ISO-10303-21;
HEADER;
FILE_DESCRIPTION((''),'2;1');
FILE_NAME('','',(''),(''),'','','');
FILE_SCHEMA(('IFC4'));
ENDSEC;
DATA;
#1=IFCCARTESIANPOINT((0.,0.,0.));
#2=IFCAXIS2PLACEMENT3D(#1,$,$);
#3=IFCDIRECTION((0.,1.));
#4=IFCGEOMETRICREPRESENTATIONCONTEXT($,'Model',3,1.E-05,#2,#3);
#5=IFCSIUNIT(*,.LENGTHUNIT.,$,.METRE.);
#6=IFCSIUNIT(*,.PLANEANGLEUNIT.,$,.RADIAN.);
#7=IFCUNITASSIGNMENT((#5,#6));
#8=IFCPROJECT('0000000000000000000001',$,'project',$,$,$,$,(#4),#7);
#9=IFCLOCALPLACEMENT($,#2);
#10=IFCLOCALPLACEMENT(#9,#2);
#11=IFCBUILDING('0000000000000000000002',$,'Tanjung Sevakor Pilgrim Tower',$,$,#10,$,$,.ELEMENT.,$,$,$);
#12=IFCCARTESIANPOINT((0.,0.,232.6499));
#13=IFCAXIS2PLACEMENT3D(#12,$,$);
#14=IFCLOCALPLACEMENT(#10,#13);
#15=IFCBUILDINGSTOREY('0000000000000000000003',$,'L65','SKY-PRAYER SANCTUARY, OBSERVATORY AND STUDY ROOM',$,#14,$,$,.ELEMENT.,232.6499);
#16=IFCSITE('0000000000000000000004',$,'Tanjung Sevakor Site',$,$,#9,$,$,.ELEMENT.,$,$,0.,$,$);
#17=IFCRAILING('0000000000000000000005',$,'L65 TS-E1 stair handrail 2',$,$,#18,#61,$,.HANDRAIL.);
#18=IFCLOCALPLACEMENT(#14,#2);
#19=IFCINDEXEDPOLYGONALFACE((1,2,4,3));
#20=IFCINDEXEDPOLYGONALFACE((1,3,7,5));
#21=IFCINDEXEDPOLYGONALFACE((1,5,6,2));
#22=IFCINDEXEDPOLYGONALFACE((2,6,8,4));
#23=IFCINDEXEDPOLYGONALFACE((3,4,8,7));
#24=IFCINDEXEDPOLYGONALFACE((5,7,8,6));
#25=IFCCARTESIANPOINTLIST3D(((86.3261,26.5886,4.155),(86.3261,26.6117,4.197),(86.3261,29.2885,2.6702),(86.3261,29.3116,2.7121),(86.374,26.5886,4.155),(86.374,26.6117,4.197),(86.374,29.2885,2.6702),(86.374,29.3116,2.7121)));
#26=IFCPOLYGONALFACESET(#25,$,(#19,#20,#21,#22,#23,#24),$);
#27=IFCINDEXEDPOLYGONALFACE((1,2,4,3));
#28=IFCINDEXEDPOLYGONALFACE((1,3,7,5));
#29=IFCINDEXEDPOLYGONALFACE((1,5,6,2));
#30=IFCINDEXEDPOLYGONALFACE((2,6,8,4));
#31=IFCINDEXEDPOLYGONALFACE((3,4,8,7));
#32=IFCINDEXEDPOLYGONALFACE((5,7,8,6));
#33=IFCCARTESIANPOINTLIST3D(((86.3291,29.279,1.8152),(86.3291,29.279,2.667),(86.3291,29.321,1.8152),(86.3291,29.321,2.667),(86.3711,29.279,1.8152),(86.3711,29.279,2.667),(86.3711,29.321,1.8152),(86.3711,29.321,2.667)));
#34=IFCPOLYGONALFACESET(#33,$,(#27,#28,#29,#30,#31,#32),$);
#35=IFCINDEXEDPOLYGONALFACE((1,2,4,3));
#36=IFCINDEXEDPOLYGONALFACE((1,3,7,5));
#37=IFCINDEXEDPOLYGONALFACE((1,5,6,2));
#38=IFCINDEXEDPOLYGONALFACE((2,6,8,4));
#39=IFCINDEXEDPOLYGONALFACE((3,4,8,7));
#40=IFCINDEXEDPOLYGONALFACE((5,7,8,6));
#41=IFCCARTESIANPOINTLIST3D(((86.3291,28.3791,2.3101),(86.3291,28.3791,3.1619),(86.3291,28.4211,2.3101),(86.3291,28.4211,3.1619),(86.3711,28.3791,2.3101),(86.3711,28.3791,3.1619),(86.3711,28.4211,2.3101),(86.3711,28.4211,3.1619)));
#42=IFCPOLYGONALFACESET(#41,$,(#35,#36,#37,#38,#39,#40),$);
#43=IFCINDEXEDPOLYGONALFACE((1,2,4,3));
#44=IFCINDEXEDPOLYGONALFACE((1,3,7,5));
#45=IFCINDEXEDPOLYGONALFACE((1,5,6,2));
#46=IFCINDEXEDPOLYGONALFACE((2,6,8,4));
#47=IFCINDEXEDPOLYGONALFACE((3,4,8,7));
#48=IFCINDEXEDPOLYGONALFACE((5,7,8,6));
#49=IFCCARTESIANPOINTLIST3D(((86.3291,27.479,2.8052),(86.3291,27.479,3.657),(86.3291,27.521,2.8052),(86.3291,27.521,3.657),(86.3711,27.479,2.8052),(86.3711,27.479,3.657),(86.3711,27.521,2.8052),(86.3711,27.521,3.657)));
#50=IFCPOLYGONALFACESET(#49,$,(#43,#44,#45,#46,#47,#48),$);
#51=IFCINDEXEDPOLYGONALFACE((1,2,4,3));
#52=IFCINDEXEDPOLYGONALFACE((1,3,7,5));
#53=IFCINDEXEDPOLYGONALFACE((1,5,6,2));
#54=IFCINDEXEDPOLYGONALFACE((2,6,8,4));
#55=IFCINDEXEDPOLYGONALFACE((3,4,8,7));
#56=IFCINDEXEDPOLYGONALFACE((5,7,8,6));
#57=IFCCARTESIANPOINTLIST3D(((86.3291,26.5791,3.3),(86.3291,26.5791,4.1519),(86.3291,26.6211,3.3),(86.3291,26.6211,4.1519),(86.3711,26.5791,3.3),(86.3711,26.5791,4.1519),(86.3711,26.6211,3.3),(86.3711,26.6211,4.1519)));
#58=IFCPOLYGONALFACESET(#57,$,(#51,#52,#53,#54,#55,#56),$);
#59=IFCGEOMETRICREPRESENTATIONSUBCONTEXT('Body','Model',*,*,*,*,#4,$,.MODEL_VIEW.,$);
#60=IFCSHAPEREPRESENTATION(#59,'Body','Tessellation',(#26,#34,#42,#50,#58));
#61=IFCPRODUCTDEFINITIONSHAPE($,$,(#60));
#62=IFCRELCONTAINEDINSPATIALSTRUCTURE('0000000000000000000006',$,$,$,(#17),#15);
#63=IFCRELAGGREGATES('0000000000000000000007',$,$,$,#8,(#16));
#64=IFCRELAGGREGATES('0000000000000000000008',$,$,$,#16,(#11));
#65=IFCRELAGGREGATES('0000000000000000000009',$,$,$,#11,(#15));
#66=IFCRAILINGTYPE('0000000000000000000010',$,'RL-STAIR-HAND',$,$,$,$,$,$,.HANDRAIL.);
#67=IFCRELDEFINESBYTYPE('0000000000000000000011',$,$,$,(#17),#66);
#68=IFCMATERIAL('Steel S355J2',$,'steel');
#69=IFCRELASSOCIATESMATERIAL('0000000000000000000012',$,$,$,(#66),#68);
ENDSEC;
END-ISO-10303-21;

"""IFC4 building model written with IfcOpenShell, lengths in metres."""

from ifc_helpers import new_model, si_unit, direction, frame, origin, place, context, subcontext, project, spatial, rectangle, extrude, material, type_object, element, save


model = new_model("IFC4")

# Units and contexts
model_context = context("Model", 3, precision=1e-05, world=origin(), true_north=direction((0.0, 1.0)))
body_context = subcontext(model_context, "Body", "Model", "MODEL_VIEW")
ifc_project = project(units=[si_unit("LENGTHUNIT", "METRE"), si_unit("PLANEANGLEUNIT", "RADIAN")], contexts=[model_context])

# Site, building, storey
site_placement = place(None, origin())
site = spatial("IfcSite", under=ifc_project, at=site_placement, Name="Tanjung Sevakor Site", CompositionType="ELEMENT", RefElevation=0.0)
building_placement = place(site_placement, origin())
building = spatial("IfcBuilding", under=site, at=building_placement, Name="Tanjung Sevakor Pilgrim Tower", CompositionType="ELEMENT")
storey_placement = place(building_placement, frame((0.0, 0.0, 232.6499)))
storey = spatial("IfcBuildingStorey", under=building, at=storey_placement, Name="L65", Description="SKY-PRAYER SANCTUARY, OBSERVATORY AND STUDY ROOM", CompositionType="ELEMENT", Elevation=232.6499)

# Railing
ifc_material_1 = material(Name="Steel S355J2", Category="steel")
railing_type_1 = type_object("IfcRailingType", Name="RL-STAIR-HAND", PredefinedType="HANDRAIL", material=ifc_material_1)
railing_1_placement = place(storey_placement, frame((86.3501, 29.3, 1.8152)))
element("IfcRailing", 1, at=railing_1_placement, inside=storey, type_object=railing_type_1, Name="L65 TS-E1 stair handrail 2", PredefinedType="HANDRAIL", context=body_context, shape_type="SweptSolid", body=[
    extrude(rectangle(XDim=0.0479, YDim=0.0479), frame((0.0, 0.0, 0.876), z_axis=(0.0, -0.876231, 0.481891), x_axis=(1.0, 0.0, 0.0)), (0.0, 0.0, 1.0), 3.0813),
    extrude(rectangle(XDim=0.042, YDim=0.042), origin(), (0.0, 0.0, 1.0), 0.8518),
    extrude(rectangle(XDim=0.042, YDim=0.042), frame((0.0, -0.8999, 0.4949)), (0.0, 0.0, 1.0), 0.8518),
    extrude(rectangle(XDim=0.042, YDim=0.042), frame((0.0, -1.8, 0.99)), (0.0, 0.0, 1.0), 0.8518),
    extrude(rectangle(XDim=0.042, YDim=0.042), frame((0.0, -2.7, 1.4849)), (0.0, 0.0, 1.0), 0.8518),
])

save(model, "model.ifc")
